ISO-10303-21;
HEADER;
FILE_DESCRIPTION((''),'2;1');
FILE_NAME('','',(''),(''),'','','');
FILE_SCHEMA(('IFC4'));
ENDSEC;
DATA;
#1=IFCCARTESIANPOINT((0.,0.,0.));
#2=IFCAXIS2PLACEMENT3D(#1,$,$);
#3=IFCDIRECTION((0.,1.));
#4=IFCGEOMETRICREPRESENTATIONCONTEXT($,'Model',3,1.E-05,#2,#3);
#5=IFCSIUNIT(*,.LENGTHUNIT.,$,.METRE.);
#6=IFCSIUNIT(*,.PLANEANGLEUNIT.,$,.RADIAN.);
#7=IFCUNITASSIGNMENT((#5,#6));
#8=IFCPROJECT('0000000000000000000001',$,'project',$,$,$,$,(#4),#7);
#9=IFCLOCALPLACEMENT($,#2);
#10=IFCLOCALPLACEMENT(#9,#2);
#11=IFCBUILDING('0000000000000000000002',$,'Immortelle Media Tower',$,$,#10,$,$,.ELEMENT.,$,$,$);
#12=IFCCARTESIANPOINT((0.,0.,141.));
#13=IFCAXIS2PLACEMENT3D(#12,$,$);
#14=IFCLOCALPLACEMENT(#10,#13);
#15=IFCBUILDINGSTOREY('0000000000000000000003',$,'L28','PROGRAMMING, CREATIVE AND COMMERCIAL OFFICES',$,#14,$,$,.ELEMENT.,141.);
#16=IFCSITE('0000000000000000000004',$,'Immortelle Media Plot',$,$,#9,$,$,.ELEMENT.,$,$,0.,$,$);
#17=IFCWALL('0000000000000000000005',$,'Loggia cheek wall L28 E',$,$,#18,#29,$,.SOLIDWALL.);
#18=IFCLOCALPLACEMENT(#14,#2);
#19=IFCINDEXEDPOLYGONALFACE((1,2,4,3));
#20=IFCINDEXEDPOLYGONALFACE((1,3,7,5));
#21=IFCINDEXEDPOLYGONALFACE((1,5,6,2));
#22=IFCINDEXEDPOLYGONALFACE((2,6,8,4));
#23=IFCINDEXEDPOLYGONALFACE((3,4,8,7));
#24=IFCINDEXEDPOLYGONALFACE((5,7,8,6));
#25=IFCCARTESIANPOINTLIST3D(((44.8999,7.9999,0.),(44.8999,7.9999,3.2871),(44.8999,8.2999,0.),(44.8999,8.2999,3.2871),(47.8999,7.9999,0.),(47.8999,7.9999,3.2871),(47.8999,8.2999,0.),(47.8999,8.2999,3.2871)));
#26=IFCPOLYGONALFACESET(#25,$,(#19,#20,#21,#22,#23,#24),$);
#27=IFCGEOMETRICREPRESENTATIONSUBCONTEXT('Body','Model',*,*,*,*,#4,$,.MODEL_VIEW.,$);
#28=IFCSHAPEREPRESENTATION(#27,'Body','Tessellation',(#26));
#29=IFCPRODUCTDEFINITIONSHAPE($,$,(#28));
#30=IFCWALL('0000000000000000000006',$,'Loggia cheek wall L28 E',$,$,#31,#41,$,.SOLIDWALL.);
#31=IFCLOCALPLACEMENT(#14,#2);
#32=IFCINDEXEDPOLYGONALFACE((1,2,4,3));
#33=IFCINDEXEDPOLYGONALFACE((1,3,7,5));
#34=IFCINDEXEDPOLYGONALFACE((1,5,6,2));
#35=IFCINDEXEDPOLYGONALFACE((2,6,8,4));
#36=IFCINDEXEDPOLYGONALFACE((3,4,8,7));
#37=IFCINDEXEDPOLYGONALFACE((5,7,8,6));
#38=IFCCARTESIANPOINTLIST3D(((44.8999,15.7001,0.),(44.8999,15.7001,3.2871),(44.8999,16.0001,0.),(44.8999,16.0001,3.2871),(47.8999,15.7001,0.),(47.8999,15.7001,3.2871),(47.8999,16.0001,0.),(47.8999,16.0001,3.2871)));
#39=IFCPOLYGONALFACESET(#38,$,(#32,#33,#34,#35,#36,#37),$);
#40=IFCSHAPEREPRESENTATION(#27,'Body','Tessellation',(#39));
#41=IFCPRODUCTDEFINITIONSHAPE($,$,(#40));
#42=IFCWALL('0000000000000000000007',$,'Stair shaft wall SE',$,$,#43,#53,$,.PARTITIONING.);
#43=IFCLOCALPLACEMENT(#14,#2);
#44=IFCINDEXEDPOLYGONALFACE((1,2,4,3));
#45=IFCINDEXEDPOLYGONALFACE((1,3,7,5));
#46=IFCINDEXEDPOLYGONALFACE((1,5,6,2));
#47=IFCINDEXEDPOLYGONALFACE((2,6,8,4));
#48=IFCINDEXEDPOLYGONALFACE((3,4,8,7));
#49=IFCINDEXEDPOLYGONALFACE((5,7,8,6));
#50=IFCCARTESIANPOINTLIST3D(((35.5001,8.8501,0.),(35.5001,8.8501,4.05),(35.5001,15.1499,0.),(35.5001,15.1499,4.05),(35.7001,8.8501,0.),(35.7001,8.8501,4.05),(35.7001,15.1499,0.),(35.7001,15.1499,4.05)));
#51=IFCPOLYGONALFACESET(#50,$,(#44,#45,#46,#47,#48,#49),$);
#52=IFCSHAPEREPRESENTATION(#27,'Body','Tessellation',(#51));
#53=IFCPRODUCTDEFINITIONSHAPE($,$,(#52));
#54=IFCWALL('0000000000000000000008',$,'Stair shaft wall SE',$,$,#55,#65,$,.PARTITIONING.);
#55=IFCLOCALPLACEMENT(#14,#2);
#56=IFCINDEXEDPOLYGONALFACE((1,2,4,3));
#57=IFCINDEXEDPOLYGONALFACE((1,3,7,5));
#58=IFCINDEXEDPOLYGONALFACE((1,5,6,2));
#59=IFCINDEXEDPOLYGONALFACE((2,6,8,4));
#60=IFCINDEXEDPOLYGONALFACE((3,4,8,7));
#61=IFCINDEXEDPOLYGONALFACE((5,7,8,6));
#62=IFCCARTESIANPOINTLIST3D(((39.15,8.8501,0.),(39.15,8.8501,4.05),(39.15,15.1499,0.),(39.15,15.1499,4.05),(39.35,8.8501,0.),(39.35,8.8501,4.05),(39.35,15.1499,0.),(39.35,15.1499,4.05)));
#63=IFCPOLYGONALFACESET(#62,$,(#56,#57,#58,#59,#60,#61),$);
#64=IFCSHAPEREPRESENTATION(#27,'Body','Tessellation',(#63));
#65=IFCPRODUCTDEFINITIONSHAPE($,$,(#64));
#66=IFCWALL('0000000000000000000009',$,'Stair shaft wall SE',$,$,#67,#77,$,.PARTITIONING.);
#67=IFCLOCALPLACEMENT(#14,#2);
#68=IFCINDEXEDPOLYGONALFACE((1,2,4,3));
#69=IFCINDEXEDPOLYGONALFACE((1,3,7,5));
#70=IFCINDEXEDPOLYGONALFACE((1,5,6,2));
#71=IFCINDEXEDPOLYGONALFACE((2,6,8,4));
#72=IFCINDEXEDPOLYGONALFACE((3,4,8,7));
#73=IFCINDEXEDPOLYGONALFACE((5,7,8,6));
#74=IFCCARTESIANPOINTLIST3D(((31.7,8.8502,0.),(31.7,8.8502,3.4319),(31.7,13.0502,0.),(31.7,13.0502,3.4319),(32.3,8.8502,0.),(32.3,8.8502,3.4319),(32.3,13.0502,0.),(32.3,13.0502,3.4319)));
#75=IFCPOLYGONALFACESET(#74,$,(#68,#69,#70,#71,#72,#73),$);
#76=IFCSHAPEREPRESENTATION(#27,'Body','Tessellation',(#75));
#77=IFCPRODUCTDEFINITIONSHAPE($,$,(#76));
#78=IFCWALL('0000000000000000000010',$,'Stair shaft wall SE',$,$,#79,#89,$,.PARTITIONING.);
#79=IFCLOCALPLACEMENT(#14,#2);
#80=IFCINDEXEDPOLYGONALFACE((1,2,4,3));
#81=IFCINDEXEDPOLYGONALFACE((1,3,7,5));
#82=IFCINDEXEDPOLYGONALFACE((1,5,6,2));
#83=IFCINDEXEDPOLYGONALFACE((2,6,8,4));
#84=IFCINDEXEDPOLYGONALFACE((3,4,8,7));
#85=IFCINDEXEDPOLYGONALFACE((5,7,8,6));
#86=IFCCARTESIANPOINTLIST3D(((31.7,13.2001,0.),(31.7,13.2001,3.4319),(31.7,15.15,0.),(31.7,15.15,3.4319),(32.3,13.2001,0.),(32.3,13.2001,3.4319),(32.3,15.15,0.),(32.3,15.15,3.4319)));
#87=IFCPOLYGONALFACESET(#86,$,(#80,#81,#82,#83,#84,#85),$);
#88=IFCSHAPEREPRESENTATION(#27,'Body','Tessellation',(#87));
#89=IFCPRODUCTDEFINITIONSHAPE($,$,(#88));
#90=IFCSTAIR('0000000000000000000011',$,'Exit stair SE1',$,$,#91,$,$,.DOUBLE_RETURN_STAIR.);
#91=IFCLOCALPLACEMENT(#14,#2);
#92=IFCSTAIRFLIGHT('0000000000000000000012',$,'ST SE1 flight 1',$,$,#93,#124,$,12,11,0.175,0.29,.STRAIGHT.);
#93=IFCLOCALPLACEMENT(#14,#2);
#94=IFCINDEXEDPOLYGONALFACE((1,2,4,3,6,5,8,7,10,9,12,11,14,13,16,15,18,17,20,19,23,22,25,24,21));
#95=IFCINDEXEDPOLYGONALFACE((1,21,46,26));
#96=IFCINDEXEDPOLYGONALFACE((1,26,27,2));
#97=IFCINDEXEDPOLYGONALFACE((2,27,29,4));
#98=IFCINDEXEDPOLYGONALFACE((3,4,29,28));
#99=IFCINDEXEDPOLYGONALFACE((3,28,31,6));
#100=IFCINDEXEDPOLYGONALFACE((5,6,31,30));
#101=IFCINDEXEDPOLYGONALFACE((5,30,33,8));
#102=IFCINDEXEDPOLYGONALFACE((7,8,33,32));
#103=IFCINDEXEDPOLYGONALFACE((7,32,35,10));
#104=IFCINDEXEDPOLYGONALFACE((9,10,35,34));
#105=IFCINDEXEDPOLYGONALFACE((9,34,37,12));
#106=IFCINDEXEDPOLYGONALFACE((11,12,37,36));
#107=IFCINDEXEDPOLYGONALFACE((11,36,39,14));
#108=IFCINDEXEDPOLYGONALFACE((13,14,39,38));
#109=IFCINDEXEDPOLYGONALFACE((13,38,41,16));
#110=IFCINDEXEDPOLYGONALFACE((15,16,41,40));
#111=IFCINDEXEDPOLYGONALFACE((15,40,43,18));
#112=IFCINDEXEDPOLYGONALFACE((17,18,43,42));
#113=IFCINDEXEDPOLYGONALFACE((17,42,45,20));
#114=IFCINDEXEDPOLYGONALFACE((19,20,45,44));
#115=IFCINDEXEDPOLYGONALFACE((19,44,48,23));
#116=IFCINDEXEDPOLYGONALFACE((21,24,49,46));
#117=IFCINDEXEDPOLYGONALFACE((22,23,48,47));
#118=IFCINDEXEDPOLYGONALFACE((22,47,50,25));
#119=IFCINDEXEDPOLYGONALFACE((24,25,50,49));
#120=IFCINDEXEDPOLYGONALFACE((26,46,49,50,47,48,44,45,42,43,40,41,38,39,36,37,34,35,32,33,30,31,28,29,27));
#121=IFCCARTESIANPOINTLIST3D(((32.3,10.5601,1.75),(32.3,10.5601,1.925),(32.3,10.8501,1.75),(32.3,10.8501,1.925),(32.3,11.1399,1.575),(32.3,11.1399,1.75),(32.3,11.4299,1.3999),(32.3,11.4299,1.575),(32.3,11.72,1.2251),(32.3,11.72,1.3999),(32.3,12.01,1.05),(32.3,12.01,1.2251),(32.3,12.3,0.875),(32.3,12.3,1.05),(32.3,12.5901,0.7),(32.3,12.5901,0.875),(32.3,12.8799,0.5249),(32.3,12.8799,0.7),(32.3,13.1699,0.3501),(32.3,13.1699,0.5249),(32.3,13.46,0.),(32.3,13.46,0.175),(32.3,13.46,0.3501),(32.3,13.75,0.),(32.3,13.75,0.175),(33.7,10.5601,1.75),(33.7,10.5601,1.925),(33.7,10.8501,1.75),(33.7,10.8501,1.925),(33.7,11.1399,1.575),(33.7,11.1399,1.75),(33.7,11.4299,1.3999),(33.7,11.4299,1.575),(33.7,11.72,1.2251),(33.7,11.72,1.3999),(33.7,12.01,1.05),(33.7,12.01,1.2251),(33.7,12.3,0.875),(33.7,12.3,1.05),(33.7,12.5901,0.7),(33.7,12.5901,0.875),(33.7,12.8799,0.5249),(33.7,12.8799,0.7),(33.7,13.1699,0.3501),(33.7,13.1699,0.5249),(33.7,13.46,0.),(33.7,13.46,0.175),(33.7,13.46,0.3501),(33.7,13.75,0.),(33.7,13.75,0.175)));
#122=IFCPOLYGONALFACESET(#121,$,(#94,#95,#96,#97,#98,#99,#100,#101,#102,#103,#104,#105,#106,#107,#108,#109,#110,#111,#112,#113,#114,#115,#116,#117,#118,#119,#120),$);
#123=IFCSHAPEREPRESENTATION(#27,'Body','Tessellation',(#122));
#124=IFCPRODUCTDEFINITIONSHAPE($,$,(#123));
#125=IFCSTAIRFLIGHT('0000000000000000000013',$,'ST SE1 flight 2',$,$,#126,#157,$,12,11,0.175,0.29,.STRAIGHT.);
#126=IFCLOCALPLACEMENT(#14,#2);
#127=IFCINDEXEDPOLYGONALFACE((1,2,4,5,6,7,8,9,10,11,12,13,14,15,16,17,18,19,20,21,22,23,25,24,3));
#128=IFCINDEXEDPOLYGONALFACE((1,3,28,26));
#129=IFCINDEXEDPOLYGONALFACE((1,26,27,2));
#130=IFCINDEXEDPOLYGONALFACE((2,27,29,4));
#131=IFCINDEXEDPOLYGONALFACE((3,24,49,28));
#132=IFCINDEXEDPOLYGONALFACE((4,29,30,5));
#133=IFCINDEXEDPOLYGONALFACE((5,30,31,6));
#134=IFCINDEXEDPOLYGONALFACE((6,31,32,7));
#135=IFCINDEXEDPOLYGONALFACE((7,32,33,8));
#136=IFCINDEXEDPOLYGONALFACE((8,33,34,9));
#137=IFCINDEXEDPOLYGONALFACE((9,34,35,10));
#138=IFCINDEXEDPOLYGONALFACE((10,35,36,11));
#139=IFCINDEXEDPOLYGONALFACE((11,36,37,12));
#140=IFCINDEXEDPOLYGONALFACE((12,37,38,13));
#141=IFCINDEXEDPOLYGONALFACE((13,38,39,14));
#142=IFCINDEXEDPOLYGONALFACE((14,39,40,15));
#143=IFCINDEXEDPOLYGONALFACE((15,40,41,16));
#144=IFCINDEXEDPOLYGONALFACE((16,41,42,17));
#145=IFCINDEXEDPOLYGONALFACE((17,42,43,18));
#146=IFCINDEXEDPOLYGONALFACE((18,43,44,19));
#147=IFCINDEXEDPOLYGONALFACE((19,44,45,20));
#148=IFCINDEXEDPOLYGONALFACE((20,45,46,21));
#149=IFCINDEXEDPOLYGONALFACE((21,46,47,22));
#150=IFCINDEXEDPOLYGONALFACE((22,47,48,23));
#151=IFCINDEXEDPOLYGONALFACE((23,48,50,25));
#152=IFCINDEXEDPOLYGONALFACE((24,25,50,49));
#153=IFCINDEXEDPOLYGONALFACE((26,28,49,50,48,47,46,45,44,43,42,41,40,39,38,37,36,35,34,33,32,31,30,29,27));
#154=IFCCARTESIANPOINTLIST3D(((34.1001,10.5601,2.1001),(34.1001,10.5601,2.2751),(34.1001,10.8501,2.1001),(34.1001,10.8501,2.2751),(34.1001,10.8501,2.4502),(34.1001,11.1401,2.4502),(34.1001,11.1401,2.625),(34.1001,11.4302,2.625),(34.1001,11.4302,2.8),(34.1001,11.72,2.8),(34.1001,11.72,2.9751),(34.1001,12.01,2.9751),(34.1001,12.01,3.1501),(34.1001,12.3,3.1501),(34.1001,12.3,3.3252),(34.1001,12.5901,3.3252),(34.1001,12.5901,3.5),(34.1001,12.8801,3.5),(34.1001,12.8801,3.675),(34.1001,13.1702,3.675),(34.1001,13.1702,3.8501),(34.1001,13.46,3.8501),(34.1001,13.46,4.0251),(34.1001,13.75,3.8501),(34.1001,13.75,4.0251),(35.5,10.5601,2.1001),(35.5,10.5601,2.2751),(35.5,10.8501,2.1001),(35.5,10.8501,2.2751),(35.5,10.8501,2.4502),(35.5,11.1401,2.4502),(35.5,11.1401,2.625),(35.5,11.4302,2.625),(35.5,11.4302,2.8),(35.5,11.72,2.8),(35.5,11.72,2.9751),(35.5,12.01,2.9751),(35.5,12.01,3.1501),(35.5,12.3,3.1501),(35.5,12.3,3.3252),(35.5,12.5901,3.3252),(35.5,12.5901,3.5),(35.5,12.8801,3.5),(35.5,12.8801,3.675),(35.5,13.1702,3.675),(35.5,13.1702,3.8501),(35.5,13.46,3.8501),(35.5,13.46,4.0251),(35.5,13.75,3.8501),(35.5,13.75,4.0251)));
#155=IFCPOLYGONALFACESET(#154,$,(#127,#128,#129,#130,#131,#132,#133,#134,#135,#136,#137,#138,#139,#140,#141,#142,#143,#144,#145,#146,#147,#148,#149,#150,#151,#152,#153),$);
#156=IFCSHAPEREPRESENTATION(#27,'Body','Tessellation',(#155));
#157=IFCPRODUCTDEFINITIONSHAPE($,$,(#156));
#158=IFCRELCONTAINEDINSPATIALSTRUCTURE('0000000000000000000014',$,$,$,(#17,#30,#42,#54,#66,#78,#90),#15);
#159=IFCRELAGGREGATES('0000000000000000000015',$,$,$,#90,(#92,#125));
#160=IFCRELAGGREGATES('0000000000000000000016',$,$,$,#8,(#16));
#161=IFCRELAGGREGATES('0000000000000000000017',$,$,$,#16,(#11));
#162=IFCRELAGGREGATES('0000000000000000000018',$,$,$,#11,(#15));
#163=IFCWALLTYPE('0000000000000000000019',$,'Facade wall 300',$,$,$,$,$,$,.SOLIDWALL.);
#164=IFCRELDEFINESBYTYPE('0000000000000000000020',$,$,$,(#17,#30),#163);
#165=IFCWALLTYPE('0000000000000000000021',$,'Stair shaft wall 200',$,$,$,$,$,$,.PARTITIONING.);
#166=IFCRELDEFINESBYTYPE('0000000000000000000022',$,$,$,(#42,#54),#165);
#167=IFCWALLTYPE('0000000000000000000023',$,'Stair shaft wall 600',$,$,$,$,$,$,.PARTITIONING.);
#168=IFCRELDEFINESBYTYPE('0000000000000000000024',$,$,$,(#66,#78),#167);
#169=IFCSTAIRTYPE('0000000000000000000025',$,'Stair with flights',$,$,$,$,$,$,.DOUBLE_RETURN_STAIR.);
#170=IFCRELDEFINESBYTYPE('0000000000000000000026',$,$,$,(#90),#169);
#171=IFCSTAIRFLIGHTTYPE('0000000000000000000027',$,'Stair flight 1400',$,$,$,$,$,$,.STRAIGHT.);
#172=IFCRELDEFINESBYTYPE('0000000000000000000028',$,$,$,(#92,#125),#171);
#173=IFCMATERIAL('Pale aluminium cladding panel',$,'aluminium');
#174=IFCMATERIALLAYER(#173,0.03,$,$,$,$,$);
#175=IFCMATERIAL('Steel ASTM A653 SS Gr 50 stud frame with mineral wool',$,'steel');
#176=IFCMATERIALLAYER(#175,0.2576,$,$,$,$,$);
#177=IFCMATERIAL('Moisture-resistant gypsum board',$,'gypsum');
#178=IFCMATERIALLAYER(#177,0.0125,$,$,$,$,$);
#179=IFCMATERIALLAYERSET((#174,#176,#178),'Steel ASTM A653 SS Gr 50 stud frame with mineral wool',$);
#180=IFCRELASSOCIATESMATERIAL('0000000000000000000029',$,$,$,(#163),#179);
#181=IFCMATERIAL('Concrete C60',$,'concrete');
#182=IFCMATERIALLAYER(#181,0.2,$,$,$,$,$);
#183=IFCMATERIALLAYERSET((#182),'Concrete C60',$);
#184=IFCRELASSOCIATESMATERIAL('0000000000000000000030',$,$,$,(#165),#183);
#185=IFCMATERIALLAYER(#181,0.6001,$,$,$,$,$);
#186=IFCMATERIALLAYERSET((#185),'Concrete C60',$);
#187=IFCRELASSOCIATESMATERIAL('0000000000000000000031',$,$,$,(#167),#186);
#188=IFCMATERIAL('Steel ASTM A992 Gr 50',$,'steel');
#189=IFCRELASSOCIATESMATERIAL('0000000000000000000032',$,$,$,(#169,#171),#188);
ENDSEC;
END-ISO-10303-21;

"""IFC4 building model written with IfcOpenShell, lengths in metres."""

from ifc_helpers import new_model, si_unit, direction, frame, frame_2d, origin, place, context, subcontext, project, spatial, polyline, rectangle, outline, extrude, material, layer, layer_set, type_object, element, aggregate, save


model = new_model("IFC4")

# Units and contexts
model_context = context("Model", 3, precision=1e-05, world=origin(), true_north=direction((0.0, 1.0)))
body_context = subcontext(model_context, "Body", "Model", "MODEL_VIEW")
ifc_project = project(units=[si_unit("LENGTHUNIT", "METRE"), si_unit("PLANEANGLEUNIT", "RADIAN")], contexts=[model_context])

# Site, building, storey
site_placement = place(None, origin())
site = spatial("IfcSite", under=ifc_project, at=site_placement, Name="Immortelle Media Plot", CompositionType="ELEMENT", RefElevation=0.0)
building_placement = place(site_placement, origin())
building = spatial("IfcBuilding", under=site, at=building_placement, Name="Immortelle Media Tower", CompositionType="ELEMENT")
storey_placement = place(building_placement, frame((0.0, 0.0, 141.0)))
storey = spatial("IfcBuildingStorey", under=building, at=storey_placement, Name="L28", Description="PROGRAMMING, CREATIVE AND COMMERCIAL OFFICES", CompositionType="ELEMENT", Elevation=141.0)

# Shared definitions
ifc_material_1 = material(Name="Steel ASTM A992 Gr 50", Category="steel")

# Shared definitions
ifc_material_2 = material(Name="Pale aluminium cladding panel", Category="aluminium")
ifc_layer_1 = layer(ifc_material_2, 0.03)
ifc_material_3 = material(Name="Steel ASTM A653 SS Gr 50 stud frame with mineral wool", Category="steel")
ifc_layer_2 = layer(ifc_material_3, 0.2576)
ifc_material_4 = material(Name="Moisture-resistant gypsum board", Category="gypsum")
ifc_layer_3 = layer(ifc_material_4, 0.0125)
ifc_layer_set_1 = layer_set([ifc_layer_1, ifc_layer_2, ifc_layer_3], Name="Steel ASTM A653 SS Gr 50 stud frame with mineral wool")
wall_type_1 = type_object("IfcWallType", Name="Facade wall 300", PredefinedType="SOLIDWALL", material=ifc_layer_set_1)

# Walls
for number, where, z_axis, x_axis, name in (
    (1, (47.8999, 8.1499, 0.0), (0.0, 0.0, 1.0), (-1.0, 0.0, 0.0), "Loggia cheek wall L28 E"),
    (2, (47.8999, 15.8501, 0.0), (0.0, 0.0, 1.0), (-1.0, 0.0, 0.0), "Loggia cheek wall L28 E"),
):
    element("IfcWall", number, at=place(storey_placement, frame(where, z_axis=z_axis, x_axis=x_axis)), inside=storey, type_object=wall_type_1, Name=name, PredefinedType="SOLIDWALL", context=body_context, shape_type="SweptSolid", body=[
        extrude(rectangle(XDim=3.0, YDim=0.3, at=frame_2d((1.5, 0.0))), origin(), (0.0, 0.0, 1.0), 3.2871),
    ])
ifc_material_5 = material(Name="Concrete C60", Category="concrete")
ifc_layer_4 = layer(ifc_material_5, 0.2)
ifc_layer_set_2 = layer_set([ifc_layer_4], Name="Concrete C60")
wall_type_2 = type_object("IfcWallType", Name="Stair shaft wall 200", PredefinedType="PARTITIONING", material=ifc_layer_set_2)
for number, where, z_axis, x_axis, name in (
    (3, (35.6001, 8.8501, 0.0), (0.0, 0.0, 1.0), (0.0, 1.0, 0.0), "Stair shaft wall SE"),
    (4, (39.25, 8.8501, 0.0), (0.0, 0.0, 1.0), (0.0, 1.0, 0.0), "Stair shaft wall SE"),
):
    element("IfcWall", number, at=place(storey_placement, frame(where, z_axis=z_axis, x_axis=x_axis)), inside=storey, type_object=wall_type_2, Name=name, PredefinedType="PARTITIONING", context=body_context, shape_type="SweptSolid", body=[
        extrude(rectangle(XDim=6.2998, YDim=0.2, at=frame_2d((3.1499, 0.0))), origin(), (0.0, 0.0, 1.0), 4.05),
    ])
ifc_layer_5 = layer(ifc_material_5, 0.6001)
ifc_layer_set_3 = layer_set([ifc_layer_5], Name="Concrete C60")
wall_type_3 = type_object("IfcWallType", Name="Stair shaft wall 600", PredefinedType="PARTITIONING", material=ifc_layer_set_3)
wall_1_placement = place(storey_placement, frame((32.0, 8.8501, 0.0), z_axis=(0.0, 0.0, 1.0), x_axis=(0.0, 1.0, 0.0)))
element("IfcWall", 5, at=wall_1_placement, inside=storey, type_object=wall_type_3, Name="Stair shaft wall SE", PredefinedType="PARTITIONING", context=body_context, shape_type="SweptSolid", body=[
    extrude(rectangle(XDim=4.2, YDim=0.6001, at=frame_2d((2.1001, 0.0))), origin(), (0.0, 0.0, 1.0), 3.4319),
])
wall_2_placement = place(storey_placement, frame((32.0, 13.2, 0.0), z_axis=(0.0, 0.0, 1.0), x_axis=(0.0, 1.0, 0.0)))
element("IfcWall", 6, at=wall_2_placement, inside=storey, type_object=wall_type_3, Name="Stair shaft wall SE", PredefinedType="PARTITIONING", context=body_context, shape_type="SweptSolid", body=[
    extrude(rectangle(XDim=1.95, YDim=0.6001, at=frame_2d((0.9751, 0.0))), origin(), (0.0, 0.0, 1.0), 3.4319),
])

# Stair, stair flights
stair_type = type_object("IfcStairType", Name="Stair with flights", PredefinedType="DOUBLE_RETURN_STAIR", material=ifc_material_1)
stair_1_placement = place(storey_placement, origin())
stair_1 = element("IfcStair", 7, at=stair_1_placement, inside=storey, type_object=stair_type, Name="Exit stair SE1", PredefinedType="DOUBLE_RETURN_STAIR")
stair_flight_type = type_object("IfcStairFlightType", Name="Stair flight 1400", PredefinedType="STRAIGHT", material=ifc_material_1)
stair_flight_1_placement = place(storey_placement, frame((33.0, 13.75, 0.0), z_axis=(0.0, 0.0, 1.0), x_axis=(0.0, -1.0, 0.0)))
stair_flight_1 = element("IfcStairFlight", 8, at=stair_flight_1_placement, type_object=stair_flight_type, Name="ST SE1 flight 1", NumberOfRisers=12, NumberOfTreads=11, PredefinedType="STRAIGHT", RiserHeight=0.175, TreadLength=0.29, context=body_context, shape_type="SweptSolid", body=[
    extrude(outline(polyline([(0.0, 0.0), (0.0, 0.175), (0.29, 0.175), (0.29, 0.3501), (0.5801, 0.3501), (0.5801, 0.5249), (0.8701, 0.5249), (0.8701, 0.7), (1.1599, 0.7), (1.1599, 0.875), (1.45, 0.875), (1.45, 1.05), (1.74, 1.05), (1.74, 1.2251), (2.03, 1.2251), (2.03, 1.3999), (2.3201, 1.3999), (2.3201, 1.575), (2.6101, 1.575), (2.6101, 1.75), (2.8999, 1.75), (2.8999, 1.925), (3.1899, 1.925), (3.1899, 2.1001), (3.1899, 1.75), (0.29, 0.0), (0.0, 0.0)])), frame((0.0, 0.7, 0.0), z_axis=(0.0, -1.0, 0.0), x_axis=(1.0, 0.0, 0.0)), (0.0, 0.0, 1.0), 1.3999),
])
stair_flight_2_placement = place(storey_placement, frame((34.8, 10.5601, 2.1001), z_axis=(0.0, 0.0, 1.0), x_axis=(0.0, 1.0, 0.0)))
stair_flight_2 = element("IfcStairFlight", 9, at=stair_flight_2_placement, type_object=stair_flight_type, Name="ST SE1 flight 2", NumberOfRisers=12, NumberOfTreads=11, PredefinedType="STRAIGHT", RiserHeight=0.175, TreadLength=0.29, context=body_context, shape_type="SweptSolid", body=[
    extrude(outline(polyline([(0.0, 0.0), (0.0, 0.175), (0.29, 0.175), (0.29, 0.3501), (0.5801, 0.3501), (0.5801, 0.5249), (0.8701, 0.5249), (0.8701, 0.7), (1.1599, 0.7), (1.1599, 0.875), (1.45, 0.875), (1.45, 1.05), (1.74, 1.05), (1.74, 1.2251), (2.03, 1.2251), (2.03, 1.3999), (2.3201, 1.3999), (2.3201, 1.575), (2.6101, 1.575), (2.6101, 1.75), (2.8999, 1.75), (2.8999, 1.925), (3.1899, 1.925), (3.1899, 2.1001), (3.1899, 1.75), (0.29, 0.0), (0.0, 0.0)])), frame((0.0, 0.7, 0.0), z_axis=(0.0, -1.0, 0.0), x_axis=(1.0, 0.0, 0.0)), (0.0, 0.0, 1.0), 1.3999),
])
aggregate(stair_1, [stair_flight_1, stair_flight_2])

save(model, "model.ifc")
